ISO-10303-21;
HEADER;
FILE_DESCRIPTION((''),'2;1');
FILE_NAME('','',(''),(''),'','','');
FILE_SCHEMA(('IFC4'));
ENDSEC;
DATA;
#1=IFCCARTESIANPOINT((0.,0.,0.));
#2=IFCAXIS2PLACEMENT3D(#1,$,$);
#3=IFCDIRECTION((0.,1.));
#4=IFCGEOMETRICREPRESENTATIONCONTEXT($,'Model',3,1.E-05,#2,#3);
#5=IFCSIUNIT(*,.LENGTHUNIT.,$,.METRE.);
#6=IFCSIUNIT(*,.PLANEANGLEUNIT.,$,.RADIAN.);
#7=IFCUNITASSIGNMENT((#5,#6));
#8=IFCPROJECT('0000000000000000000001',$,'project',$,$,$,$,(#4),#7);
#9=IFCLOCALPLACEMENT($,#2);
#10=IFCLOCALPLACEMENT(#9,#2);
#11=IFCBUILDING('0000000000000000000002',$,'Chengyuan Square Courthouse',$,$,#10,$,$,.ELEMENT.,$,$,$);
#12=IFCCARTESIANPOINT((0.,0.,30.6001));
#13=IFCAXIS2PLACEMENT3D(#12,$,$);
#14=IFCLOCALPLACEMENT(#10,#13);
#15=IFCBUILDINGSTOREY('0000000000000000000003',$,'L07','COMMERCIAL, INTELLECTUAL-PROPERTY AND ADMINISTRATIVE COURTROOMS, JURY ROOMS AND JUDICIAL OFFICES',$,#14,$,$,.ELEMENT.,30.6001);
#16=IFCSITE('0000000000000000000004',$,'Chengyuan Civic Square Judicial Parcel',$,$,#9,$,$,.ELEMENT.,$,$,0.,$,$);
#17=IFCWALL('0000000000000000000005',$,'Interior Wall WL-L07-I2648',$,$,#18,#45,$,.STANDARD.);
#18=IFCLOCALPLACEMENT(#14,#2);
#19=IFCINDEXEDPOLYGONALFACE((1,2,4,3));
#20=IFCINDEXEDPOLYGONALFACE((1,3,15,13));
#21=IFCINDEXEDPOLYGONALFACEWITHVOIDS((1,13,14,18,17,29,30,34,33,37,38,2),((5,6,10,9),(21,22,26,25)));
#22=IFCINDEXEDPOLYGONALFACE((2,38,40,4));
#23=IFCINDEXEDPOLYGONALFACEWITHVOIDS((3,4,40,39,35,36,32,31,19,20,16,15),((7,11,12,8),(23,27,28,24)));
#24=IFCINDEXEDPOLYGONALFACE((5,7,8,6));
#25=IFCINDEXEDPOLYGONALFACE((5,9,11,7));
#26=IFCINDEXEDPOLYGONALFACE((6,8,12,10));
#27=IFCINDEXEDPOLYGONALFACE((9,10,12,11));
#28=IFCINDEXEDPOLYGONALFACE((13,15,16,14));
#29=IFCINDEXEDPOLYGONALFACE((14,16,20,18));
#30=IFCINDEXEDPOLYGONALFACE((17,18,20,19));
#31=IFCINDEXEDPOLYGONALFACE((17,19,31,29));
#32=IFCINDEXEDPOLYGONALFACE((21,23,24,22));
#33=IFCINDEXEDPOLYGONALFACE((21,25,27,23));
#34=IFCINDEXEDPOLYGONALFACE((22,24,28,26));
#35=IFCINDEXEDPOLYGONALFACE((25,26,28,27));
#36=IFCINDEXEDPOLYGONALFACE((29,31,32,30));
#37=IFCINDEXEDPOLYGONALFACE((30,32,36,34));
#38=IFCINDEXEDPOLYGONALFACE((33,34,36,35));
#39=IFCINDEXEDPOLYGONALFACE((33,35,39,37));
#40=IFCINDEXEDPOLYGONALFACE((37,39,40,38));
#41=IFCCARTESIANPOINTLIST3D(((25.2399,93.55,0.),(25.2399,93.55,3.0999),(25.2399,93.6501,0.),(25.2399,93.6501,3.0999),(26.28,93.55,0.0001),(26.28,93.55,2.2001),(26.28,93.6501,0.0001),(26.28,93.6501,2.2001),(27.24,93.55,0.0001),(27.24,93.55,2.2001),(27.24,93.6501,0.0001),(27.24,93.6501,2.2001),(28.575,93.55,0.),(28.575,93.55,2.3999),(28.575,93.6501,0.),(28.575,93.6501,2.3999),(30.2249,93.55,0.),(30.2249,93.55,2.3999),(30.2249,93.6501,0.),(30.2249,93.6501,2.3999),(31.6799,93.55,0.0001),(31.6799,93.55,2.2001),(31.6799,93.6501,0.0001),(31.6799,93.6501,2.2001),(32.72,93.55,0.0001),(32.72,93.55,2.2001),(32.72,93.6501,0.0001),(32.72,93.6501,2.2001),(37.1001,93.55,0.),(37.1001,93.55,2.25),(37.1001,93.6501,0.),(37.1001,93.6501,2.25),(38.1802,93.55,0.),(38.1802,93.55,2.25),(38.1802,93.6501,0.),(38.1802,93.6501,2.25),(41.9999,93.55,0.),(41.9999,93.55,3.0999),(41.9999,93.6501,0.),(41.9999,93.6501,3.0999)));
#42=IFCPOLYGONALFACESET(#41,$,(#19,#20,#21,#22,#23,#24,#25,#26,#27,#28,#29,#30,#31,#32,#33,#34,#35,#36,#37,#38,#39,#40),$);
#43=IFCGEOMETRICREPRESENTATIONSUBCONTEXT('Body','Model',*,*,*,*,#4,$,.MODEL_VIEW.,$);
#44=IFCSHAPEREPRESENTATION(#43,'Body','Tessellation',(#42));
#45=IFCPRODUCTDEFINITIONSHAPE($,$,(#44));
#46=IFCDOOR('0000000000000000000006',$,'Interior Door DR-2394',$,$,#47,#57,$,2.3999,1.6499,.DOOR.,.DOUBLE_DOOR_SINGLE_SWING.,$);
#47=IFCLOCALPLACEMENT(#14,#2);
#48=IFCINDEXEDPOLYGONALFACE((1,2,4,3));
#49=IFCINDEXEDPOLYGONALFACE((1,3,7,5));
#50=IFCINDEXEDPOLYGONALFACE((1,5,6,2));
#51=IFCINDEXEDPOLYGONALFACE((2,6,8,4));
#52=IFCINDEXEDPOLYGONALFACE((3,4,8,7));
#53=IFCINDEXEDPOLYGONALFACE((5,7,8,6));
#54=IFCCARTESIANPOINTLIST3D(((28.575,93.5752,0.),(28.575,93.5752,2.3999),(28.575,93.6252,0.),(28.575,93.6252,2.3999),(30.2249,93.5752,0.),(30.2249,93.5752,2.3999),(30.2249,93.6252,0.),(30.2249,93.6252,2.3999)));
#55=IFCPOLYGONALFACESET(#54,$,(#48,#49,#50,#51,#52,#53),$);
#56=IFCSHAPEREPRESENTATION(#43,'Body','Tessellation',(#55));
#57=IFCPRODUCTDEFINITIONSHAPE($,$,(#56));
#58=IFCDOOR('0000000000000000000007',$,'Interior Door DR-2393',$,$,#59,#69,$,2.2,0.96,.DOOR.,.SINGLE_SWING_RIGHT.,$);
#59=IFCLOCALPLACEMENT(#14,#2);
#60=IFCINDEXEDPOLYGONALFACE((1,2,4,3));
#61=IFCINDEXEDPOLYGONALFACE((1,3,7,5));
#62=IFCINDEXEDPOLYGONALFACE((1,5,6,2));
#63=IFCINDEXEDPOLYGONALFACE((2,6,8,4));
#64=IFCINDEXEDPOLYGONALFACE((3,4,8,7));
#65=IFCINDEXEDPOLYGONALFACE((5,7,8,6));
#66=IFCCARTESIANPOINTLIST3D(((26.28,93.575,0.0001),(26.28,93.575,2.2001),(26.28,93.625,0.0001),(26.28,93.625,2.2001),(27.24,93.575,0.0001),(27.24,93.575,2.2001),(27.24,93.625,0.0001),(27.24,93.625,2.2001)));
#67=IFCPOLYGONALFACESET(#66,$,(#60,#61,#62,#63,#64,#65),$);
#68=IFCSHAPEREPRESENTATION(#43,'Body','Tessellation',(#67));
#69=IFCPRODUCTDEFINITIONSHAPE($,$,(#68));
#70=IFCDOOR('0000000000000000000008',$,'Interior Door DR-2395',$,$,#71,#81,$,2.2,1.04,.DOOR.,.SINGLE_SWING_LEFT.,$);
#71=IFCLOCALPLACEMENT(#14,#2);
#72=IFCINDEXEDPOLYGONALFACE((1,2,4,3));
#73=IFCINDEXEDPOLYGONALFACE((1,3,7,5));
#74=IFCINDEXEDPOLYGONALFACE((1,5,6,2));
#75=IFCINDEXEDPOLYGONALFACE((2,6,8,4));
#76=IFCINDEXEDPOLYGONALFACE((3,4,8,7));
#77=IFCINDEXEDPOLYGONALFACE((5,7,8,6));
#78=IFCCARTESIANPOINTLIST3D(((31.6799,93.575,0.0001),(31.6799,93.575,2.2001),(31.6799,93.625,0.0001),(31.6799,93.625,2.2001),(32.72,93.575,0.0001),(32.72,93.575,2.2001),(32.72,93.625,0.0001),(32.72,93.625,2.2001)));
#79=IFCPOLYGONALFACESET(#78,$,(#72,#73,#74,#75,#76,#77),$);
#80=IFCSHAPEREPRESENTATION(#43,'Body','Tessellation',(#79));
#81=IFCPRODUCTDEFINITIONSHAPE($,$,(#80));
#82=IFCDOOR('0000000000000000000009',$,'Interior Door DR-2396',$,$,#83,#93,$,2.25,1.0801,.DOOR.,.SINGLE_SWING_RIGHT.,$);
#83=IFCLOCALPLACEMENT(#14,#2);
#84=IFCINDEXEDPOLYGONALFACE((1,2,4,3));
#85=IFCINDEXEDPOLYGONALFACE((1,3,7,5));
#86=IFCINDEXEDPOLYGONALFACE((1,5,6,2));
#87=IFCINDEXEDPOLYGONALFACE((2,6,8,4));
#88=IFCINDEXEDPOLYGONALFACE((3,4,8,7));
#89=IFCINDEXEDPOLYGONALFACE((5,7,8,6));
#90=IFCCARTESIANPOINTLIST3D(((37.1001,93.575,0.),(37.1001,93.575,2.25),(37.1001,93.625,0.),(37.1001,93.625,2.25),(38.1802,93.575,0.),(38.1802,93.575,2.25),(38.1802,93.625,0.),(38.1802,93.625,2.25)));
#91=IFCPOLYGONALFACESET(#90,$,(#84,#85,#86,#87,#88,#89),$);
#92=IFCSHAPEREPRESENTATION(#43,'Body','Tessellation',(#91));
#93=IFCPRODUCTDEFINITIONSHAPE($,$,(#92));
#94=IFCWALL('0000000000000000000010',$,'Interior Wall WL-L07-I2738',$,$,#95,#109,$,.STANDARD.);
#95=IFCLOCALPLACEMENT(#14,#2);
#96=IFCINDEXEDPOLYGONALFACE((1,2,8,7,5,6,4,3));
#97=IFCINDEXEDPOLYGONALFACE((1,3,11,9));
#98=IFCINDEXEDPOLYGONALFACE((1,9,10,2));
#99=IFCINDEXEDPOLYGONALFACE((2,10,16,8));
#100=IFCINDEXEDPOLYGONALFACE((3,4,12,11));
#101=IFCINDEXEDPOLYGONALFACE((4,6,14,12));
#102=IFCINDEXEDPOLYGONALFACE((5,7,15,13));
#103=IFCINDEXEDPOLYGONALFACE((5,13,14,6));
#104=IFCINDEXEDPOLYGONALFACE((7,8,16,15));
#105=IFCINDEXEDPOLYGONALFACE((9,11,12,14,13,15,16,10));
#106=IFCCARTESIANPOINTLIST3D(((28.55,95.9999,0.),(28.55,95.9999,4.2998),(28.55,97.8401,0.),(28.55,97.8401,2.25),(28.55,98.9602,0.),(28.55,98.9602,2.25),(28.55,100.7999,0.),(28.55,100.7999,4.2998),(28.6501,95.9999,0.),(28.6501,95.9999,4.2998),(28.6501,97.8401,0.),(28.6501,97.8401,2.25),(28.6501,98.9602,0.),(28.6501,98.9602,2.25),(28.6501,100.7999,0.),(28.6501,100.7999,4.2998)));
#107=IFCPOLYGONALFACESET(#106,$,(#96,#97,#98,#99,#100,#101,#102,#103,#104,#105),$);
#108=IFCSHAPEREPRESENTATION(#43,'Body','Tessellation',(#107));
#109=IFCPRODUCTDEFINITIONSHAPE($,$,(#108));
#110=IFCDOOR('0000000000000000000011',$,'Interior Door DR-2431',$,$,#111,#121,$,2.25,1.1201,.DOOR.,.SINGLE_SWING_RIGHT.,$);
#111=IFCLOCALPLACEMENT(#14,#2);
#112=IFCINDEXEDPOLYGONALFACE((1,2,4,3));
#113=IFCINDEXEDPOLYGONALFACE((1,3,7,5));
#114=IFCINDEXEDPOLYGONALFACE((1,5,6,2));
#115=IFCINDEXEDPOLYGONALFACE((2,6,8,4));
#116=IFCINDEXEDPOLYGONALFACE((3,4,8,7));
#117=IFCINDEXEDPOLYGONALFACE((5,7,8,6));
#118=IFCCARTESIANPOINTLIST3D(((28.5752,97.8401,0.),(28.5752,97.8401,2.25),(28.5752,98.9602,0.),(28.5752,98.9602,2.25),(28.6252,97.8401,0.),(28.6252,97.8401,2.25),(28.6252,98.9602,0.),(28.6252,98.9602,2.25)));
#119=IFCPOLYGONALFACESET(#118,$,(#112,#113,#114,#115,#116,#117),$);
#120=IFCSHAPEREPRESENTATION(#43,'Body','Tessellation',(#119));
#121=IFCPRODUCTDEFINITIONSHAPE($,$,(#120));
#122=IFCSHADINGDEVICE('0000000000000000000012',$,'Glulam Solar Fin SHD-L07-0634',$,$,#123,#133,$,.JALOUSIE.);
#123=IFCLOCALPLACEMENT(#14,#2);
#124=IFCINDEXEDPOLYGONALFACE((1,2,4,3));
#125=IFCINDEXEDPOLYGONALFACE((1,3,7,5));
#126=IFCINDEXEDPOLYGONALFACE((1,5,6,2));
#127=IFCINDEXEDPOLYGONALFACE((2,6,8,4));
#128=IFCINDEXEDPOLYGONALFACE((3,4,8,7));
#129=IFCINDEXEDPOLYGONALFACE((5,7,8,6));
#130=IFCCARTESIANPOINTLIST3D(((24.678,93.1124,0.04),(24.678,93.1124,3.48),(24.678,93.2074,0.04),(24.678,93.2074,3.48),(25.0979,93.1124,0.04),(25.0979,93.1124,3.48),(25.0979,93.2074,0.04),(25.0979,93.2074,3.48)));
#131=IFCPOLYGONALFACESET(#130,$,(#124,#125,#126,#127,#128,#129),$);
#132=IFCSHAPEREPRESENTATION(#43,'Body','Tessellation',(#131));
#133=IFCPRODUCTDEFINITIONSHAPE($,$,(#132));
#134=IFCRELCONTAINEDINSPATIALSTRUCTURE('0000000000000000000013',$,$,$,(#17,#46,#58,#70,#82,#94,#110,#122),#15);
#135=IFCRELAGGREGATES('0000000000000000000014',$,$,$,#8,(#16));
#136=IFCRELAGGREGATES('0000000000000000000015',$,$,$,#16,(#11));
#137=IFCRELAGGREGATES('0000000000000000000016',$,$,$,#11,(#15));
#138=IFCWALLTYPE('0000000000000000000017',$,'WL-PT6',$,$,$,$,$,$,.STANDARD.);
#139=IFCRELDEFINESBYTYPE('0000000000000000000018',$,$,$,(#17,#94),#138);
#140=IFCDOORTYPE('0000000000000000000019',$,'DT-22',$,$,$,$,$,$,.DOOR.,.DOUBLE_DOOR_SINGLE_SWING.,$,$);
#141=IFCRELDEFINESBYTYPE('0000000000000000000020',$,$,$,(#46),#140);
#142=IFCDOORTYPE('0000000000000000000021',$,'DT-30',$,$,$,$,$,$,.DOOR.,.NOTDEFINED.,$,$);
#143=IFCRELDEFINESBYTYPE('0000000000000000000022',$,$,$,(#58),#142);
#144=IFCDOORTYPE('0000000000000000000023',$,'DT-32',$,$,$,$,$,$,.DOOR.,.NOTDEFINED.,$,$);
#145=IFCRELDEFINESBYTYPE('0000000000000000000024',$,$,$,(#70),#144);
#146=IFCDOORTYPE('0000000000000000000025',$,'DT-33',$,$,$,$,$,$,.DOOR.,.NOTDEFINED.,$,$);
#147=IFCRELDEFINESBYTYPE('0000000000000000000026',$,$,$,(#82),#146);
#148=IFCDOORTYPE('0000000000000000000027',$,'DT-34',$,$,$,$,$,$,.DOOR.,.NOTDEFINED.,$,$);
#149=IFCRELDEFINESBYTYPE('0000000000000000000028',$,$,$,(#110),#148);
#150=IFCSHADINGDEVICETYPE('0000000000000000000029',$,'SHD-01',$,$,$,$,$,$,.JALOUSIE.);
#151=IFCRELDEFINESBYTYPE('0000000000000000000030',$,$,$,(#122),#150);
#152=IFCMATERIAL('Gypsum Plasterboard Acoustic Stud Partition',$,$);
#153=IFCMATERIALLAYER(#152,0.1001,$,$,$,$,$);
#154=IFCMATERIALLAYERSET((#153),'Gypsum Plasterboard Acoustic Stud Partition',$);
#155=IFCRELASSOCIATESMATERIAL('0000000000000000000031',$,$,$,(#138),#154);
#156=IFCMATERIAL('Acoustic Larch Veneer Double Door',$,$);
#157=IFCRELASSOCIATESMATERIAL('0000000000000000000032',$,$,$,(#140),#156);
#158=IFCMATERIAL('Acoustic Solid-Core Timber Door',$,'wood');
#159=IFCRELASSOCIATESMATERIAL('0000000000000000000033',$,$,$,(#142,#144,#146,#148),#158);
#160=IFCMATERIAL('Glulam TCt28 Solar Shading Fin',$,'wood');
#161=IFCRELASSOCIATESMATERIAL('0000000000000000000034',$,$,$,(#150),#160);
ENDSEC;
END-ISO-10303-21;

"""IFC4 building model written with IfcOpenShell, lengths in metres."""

from ifc_helpers import new_model, si_unit, direction, frame, frame_2d, origin, origin_2d, place, context, subcontext, project, spatial, rectangle, extrude, material, layer, layer_set, type_object, element, fill, save


model = new_model("IFC4")

# Units and contexts
model_context = context("Model", 3, precision=1e-05, world=origin(), true_north=direction((0.0, 1.0)))
body_context = subcontext(model_context, "Body", "Model", "MODEL_VIEW")
ifc_project = project(units=[si_unit("LENGTHUNIT", "METRE"), si_unit("PLANEANGLEUNIT", "RADIAN")], contexts=[model_context])

# Site, building, storey
site_placement = place(None, origin())
site = spatial("IfcSite", under=ifc_project, at=site_placement, Name="Chengyuan Civic Square Judicial Parcel", CompositionType="ELEMENT", RefElevation=0.0)
building_placement = place(site_placement, origin())
building = spatial("IfcBuilding", under=site, at=building_placement, Name="Chengyuan Square Courthouse", CompositionType="ELEMENT")
storey_placement = place(building_placement, frame((0.0, 0.0, 30.6001)))
storey = spatial("IfcBuildingStorey", under=building, at=storey_placement, Name="L07", Description="COMMERCIAL, INTELLECTUAL-PROPERTY AND ADMINISTRATIVE COURTROOMS, JURY ROOMS AND JUDICIAL OFFICES", CompositionType="ELEMENT", Elevation=30.6001)

# Shared definitions
ifc_material_1 = material(Name="Acoustic Solid-Core Timber Door", Category="wood")

# Wall, openings, doors
ifc_material_2 = material(Name="Gypsum Plasterboard Acoustic Stud Partition")
ifc_layer_1 = layer(ifc_material_2, 0.1001)
ifc_layer_set_1 = layer_set([ifc_layer_1], Name="Gypsum Plasterboard Acoustic Stud Partition")
wall_type_1 = type_object("IfcWallType", Name="WL-PT6", PredefinedType="STANDARD", material=ifc_layer_set_1)
wall_1_placement = place(storey_placement, frame((25.24, 93.6001, 0.0), z_axis=(0.0, 0.0, 1.0), x_axis=(1.0, 0.0, 0.0)))
wall_1 = element("IfcWall", 1, at=wall_1_placement, inside=storey, type_object=wall_type_1, Name="Interior Wall WL-L07-I2648", PredefinedType="STANDARD", context=body_context, shape_type="SweptSolid", body=[
    extrude(rectangle(XDim=16.76, YDim=0.1001, at=frame_2d((8.3799, 0.0))), origin(), (0.0, 0.0, 1.0), 3.0999),
])
opening_1_placement = place(wall_1_placement, frame((1.04, 0.0, 0.0)))
opening_1 = element("IfcOpeningElement", 2, at=opening_1_placement, cuts=wall_1, PredefinedType="OPENING", context=body_context, shape_type="SweptSolid", body=[
    extrude(rectangle(XDim=0.96, YDim=2.2, at=frame_2d((0.48, 1.1001))), frame((0.0, 0.062, 0.0), z_axis=(0.0, -1.0, 0.0), x_axis=(1.0, 0.0, 0.0)), (0.0, 0.0, 1.0), 0.124),
])
opening_2_placement = place(wall_1_placement, frame((3.335, 0.0, 0.0)))
opening_2 = element("IfcOpeningElement", 3, at=opening_2_placement, cuts=wall_1, PredefinedType="OPENING", context=body_context, shape_type="SweptSolid", body=[
    extrude(rectangle(XDim=1.6499, YDim=2.3999, at=frame_2d((0.825, 1.2))), frame((0.0, 0.062, 0.0), z_axis=(0.0, -1.0, 0.0), x_axis=(1.0, 0.0, 0.0)), (0.0, 0.0, 1.0), 0.124),
])
opening_3_placement = place(wall_1_placement, frame((6.4399, 0.0, 0.0)))
opening_3 = element("IfcOpeningElement", 4, at=opening_3_placement, cuts=wall_1, PredefinedType="OPENING", context=body_context, shape_type="SweptSolid", body=[
    extrude(rectangle(XDim=1.04, YDim=2.2, at=frame_2d((0.52, 1.1001))), frame((0.0, 0.062, 0.0), z_axis=(0.0, -1.0, 0.0), x_axis=(1.0, 0.0, 0.0)), (0.0, 0.0, 1.0), 0.124),
])
opening_4_placement = place(wall_1_placement, frame((11.8601, 0.0, 0.0)))
opening_4 = element("IfcOpeningElement", 5, at=opening_4_placement, cuts=wall_1, PredefinedType="OPENING", context=body_context, shape_type="SweptSolid", body=[
    extrude(rectangle(XDim=1.0801, YDim=2.25, at=frame_2d((0.54, 1.125))), frame((0.0, 0.062, 0.0), z_axis=(0.0, -1.0, 0.0), x_axis=(1.0, 0.0, 0.0)), (0.0, 0.0, 1.0), 0.124),
])
ifc_material_3 = material(Name="Acoustic Larch Veneer Double Door")
door_type_1 = type_object("IfcDoorType", Name="DT-22", OperationType="DOUBLE_DOOR_SINGLE_SWING", PredefinedType="DOOR", material=ifc_material_3)
door_1_placement = place(opening_2_placement, frame((1.6499, 0.0, 0.0), z_axis=(0.0, 0.0, 1.0), x_axis=(-1.0, 0.0, 0.0)))
door_1 = element("IfcDoor", 6, at=door_1_placement, inside=storey, type_object=door_type_1, Name="Interior Door DR-2394", OperationType="DOUBLE_DOOR_SINGLE_SWING", OverallHeight=2.3999, OverallWidth=1.6499, PredefinedType="DOOR", context=body_context, shape_type="SweptSolid", body=[
    extrude(rectangle(XDim=1.6499, YDim=2.3999, at=frame_2d((0.825, 1.2))), frame((0.0, 0.0249, 0.0), z_axis=(0.0, -1.0, 0.0), x_axis=(1.0, 0.0, 0.0)), (0.0, 0.0, 1.0), 0.05),
])
fill(opening_2, door_1)
door_type_2 = type_object("IfcDoorType", Name="DT-30", OperationType="NOTDEFINED", PredefinedType="DOOR", material=ifc_material_1)
door_2_placement = place(opening_1_placement, origin())
door_2 = element("IfcDoor", 7, at=door_2_placement, inside=storey, type_object=door_type_2, Name="Interior Door DR-2393", OperationType="SINGLE_SWING_RIGHT", OverallHeight=2.2, OverallWidth=0.96, PredefinedType="DOOR", context=body_context, shape_type="SweptSolid", body=[
    extrude(rectangle(XDim=0.96, YDim=2.2, at=frame_2d((0.48, 1.1001))), frame((0.0, 0.0249, 0.0), z_axis=(0.0, -1.0, 0.0), x_axis=(1.0, 0.0, 0.0)), (0.0, 0.0, 1.0), 0.05),
])
fill(opening_1, door_2)
door_type_3 = type_object("IfcDoorType", Name="DT-32", OperationType="NOTDEFINED", PredefinedType="DOOR", material=ifc_material_1)
door_3_placement = place(opening_3_placement, origin())
door_3 = element("IfcDoor", 8, at=door_3_placement, inside=storey, type_object=door_type_3, Name="Interior Door DR-2395", OperationType="SINGLE_SWING_LEFT", OverallHeight=2.2, OverallWidth=1.04, PredefinedType="DOOR", context=body_context, shape_type="SweptSolid", body=[
    extrude(rectangle(XDim=1.04, YDim=2.2, at=frame_2d((0.52, 1.1001))), frame((0.0, 0.0249, 0.0), z_axis=(0.0, -1.0, 0.0), x_axis=(1.0, 0.0, 0.0)), (0.0, 0.0, 1.0), 0.05),
])
fill(opening_3, door_3)
door_type_4 = type_object("IfcDoorType", Name="DT-33", OperationType="NOTDEFINED", PredefinedType="DOOR", material=ifc_material_1)
door_4_placement = place(opening_4_placement, origin())
door_4 = element("IfcDoor", 9, at=door_4_placement, inside=storey, type_object=door_type_4, Name="Interior Door DR-2396", OperationType="SINGLE_SWING_RIGHT", OverallHeight=2.25, OverallWidth=1.0801, PredefinedType="DOOR", context=body_context, shape_type="SweptSolid", body=[
    extrude(rectangle(XDim=1.0801, YDim=2.25, at=frame_2d((0.54, 1.125))), frame((0.0, 0.0249, 0.0), z_axis=(0.0, -1.0, 0.0), x_axis=(1.0, 0.0, 0.0)), (0.0, 0.0, 1.0), 0.05),
])
fill(opening_4, door_4)

# Wall, opening, door
wall_2_placement = place(storey_placement, frame((28.6001, 96.0, 0.0), z_axis=(0.0, 0.0, 1.0), x_axis=(0.0, 1.0, 0.0)))
wall_2 = element("IfcWall", 10, at=wall_2_placement, inside=storey, type_object=wall_type_1, Name="Interior Wall WL-L07-I2738", PredefinedType="STANDARD", context=body_context, shape_type="SweptSolid", body=[
    extrude(rectangle(XDim=4.8, YDim=0.1001, at=frame_2d((2.3999, 0.0))), origin(), (0.0, 0.0, 1.0), 4.2998),
])
opening_5_placement = place(wall_2_placement, frame((1.8401, 0.0, 0.0)))
opening_5 = element("IfcOpeningElement", 11, at=opening_5_placement, cuts=wall_2, PredefinedType="OPENING", context=body_context, shape_type="SweptSolid", body=[
    extrude(rectangle(XDim=1.1201, YDim=2.25, at=frame_2d((0.5601, 1.125))), frame((0.0, 0.062, 0.0), z_axis=(0.0, -1.0, 0.0), x_axis=(1.0, 0.0, 0.0)), (0.0, 0.0, 1.0), 0.124),
])
door_type_5 = type_object("IfcDoorType", Name="DT-34", OperationType="NOTDEFINED", PredefinedType="DOOR", material=ifc_material_1)
door_5_placement = place(opening_5_placement, origin())
door_5 = element("IfcDoor", 12, at=door_5_placement, inside=storey, type_object=door_type_5, Name="Interior Door DR-2431", OperationType="SINGLE_SWING_RIGHT", OverallHeight=2.25, OverallWidth=1.1201, PredefinedType="DOOR", context=body_context, shape_type="SweptSolid", body=[
    extrude(rectangle(XDim=1.1201, YDim=2.25, at=frame_2d((0.5601, 1.125))), frame((0.0, 0.0249, 0.0), z_axis=(0.0, -1.0, 0.0), x_axis=(1.0, 0.0, 0.0)), (0.0, 0.0, 1.0), 0.05),
])
fill(opening_5, door_5)

# Shading device
ifc_material_4 = material(Name="Glulam TCt28 Solar Shading Fin", Category="wood")
shading_device_type = type_object("IfcShadingDeviceType", Name="SHD-01", PredefinedType="JALOUSIE", material=ifc_material_4)
shading_device_placement = place(storey_placement, frame((24.8879, 93.1599, 0.04), z_axis=(0.0, 0.0, 1.0), x_axis=(1.0, 0.0, 0.0)))
element("IfcShadingDevice", 13, at=shading_device_placement, inside=storey, type_object=shading_device_type, Name="Glulam Solar Fin SHD-L07-0634", PredefinedType="JALOUSIE", context=body_context, shape_type="SweptSolid", body=[
    extrude(rectangle(XDim=0.4199, YDim=0.095, at=origin_2d()), origin(), (0.0, 0.0, 1.0), 3.4399),
])

save(model, "model.ifc")
